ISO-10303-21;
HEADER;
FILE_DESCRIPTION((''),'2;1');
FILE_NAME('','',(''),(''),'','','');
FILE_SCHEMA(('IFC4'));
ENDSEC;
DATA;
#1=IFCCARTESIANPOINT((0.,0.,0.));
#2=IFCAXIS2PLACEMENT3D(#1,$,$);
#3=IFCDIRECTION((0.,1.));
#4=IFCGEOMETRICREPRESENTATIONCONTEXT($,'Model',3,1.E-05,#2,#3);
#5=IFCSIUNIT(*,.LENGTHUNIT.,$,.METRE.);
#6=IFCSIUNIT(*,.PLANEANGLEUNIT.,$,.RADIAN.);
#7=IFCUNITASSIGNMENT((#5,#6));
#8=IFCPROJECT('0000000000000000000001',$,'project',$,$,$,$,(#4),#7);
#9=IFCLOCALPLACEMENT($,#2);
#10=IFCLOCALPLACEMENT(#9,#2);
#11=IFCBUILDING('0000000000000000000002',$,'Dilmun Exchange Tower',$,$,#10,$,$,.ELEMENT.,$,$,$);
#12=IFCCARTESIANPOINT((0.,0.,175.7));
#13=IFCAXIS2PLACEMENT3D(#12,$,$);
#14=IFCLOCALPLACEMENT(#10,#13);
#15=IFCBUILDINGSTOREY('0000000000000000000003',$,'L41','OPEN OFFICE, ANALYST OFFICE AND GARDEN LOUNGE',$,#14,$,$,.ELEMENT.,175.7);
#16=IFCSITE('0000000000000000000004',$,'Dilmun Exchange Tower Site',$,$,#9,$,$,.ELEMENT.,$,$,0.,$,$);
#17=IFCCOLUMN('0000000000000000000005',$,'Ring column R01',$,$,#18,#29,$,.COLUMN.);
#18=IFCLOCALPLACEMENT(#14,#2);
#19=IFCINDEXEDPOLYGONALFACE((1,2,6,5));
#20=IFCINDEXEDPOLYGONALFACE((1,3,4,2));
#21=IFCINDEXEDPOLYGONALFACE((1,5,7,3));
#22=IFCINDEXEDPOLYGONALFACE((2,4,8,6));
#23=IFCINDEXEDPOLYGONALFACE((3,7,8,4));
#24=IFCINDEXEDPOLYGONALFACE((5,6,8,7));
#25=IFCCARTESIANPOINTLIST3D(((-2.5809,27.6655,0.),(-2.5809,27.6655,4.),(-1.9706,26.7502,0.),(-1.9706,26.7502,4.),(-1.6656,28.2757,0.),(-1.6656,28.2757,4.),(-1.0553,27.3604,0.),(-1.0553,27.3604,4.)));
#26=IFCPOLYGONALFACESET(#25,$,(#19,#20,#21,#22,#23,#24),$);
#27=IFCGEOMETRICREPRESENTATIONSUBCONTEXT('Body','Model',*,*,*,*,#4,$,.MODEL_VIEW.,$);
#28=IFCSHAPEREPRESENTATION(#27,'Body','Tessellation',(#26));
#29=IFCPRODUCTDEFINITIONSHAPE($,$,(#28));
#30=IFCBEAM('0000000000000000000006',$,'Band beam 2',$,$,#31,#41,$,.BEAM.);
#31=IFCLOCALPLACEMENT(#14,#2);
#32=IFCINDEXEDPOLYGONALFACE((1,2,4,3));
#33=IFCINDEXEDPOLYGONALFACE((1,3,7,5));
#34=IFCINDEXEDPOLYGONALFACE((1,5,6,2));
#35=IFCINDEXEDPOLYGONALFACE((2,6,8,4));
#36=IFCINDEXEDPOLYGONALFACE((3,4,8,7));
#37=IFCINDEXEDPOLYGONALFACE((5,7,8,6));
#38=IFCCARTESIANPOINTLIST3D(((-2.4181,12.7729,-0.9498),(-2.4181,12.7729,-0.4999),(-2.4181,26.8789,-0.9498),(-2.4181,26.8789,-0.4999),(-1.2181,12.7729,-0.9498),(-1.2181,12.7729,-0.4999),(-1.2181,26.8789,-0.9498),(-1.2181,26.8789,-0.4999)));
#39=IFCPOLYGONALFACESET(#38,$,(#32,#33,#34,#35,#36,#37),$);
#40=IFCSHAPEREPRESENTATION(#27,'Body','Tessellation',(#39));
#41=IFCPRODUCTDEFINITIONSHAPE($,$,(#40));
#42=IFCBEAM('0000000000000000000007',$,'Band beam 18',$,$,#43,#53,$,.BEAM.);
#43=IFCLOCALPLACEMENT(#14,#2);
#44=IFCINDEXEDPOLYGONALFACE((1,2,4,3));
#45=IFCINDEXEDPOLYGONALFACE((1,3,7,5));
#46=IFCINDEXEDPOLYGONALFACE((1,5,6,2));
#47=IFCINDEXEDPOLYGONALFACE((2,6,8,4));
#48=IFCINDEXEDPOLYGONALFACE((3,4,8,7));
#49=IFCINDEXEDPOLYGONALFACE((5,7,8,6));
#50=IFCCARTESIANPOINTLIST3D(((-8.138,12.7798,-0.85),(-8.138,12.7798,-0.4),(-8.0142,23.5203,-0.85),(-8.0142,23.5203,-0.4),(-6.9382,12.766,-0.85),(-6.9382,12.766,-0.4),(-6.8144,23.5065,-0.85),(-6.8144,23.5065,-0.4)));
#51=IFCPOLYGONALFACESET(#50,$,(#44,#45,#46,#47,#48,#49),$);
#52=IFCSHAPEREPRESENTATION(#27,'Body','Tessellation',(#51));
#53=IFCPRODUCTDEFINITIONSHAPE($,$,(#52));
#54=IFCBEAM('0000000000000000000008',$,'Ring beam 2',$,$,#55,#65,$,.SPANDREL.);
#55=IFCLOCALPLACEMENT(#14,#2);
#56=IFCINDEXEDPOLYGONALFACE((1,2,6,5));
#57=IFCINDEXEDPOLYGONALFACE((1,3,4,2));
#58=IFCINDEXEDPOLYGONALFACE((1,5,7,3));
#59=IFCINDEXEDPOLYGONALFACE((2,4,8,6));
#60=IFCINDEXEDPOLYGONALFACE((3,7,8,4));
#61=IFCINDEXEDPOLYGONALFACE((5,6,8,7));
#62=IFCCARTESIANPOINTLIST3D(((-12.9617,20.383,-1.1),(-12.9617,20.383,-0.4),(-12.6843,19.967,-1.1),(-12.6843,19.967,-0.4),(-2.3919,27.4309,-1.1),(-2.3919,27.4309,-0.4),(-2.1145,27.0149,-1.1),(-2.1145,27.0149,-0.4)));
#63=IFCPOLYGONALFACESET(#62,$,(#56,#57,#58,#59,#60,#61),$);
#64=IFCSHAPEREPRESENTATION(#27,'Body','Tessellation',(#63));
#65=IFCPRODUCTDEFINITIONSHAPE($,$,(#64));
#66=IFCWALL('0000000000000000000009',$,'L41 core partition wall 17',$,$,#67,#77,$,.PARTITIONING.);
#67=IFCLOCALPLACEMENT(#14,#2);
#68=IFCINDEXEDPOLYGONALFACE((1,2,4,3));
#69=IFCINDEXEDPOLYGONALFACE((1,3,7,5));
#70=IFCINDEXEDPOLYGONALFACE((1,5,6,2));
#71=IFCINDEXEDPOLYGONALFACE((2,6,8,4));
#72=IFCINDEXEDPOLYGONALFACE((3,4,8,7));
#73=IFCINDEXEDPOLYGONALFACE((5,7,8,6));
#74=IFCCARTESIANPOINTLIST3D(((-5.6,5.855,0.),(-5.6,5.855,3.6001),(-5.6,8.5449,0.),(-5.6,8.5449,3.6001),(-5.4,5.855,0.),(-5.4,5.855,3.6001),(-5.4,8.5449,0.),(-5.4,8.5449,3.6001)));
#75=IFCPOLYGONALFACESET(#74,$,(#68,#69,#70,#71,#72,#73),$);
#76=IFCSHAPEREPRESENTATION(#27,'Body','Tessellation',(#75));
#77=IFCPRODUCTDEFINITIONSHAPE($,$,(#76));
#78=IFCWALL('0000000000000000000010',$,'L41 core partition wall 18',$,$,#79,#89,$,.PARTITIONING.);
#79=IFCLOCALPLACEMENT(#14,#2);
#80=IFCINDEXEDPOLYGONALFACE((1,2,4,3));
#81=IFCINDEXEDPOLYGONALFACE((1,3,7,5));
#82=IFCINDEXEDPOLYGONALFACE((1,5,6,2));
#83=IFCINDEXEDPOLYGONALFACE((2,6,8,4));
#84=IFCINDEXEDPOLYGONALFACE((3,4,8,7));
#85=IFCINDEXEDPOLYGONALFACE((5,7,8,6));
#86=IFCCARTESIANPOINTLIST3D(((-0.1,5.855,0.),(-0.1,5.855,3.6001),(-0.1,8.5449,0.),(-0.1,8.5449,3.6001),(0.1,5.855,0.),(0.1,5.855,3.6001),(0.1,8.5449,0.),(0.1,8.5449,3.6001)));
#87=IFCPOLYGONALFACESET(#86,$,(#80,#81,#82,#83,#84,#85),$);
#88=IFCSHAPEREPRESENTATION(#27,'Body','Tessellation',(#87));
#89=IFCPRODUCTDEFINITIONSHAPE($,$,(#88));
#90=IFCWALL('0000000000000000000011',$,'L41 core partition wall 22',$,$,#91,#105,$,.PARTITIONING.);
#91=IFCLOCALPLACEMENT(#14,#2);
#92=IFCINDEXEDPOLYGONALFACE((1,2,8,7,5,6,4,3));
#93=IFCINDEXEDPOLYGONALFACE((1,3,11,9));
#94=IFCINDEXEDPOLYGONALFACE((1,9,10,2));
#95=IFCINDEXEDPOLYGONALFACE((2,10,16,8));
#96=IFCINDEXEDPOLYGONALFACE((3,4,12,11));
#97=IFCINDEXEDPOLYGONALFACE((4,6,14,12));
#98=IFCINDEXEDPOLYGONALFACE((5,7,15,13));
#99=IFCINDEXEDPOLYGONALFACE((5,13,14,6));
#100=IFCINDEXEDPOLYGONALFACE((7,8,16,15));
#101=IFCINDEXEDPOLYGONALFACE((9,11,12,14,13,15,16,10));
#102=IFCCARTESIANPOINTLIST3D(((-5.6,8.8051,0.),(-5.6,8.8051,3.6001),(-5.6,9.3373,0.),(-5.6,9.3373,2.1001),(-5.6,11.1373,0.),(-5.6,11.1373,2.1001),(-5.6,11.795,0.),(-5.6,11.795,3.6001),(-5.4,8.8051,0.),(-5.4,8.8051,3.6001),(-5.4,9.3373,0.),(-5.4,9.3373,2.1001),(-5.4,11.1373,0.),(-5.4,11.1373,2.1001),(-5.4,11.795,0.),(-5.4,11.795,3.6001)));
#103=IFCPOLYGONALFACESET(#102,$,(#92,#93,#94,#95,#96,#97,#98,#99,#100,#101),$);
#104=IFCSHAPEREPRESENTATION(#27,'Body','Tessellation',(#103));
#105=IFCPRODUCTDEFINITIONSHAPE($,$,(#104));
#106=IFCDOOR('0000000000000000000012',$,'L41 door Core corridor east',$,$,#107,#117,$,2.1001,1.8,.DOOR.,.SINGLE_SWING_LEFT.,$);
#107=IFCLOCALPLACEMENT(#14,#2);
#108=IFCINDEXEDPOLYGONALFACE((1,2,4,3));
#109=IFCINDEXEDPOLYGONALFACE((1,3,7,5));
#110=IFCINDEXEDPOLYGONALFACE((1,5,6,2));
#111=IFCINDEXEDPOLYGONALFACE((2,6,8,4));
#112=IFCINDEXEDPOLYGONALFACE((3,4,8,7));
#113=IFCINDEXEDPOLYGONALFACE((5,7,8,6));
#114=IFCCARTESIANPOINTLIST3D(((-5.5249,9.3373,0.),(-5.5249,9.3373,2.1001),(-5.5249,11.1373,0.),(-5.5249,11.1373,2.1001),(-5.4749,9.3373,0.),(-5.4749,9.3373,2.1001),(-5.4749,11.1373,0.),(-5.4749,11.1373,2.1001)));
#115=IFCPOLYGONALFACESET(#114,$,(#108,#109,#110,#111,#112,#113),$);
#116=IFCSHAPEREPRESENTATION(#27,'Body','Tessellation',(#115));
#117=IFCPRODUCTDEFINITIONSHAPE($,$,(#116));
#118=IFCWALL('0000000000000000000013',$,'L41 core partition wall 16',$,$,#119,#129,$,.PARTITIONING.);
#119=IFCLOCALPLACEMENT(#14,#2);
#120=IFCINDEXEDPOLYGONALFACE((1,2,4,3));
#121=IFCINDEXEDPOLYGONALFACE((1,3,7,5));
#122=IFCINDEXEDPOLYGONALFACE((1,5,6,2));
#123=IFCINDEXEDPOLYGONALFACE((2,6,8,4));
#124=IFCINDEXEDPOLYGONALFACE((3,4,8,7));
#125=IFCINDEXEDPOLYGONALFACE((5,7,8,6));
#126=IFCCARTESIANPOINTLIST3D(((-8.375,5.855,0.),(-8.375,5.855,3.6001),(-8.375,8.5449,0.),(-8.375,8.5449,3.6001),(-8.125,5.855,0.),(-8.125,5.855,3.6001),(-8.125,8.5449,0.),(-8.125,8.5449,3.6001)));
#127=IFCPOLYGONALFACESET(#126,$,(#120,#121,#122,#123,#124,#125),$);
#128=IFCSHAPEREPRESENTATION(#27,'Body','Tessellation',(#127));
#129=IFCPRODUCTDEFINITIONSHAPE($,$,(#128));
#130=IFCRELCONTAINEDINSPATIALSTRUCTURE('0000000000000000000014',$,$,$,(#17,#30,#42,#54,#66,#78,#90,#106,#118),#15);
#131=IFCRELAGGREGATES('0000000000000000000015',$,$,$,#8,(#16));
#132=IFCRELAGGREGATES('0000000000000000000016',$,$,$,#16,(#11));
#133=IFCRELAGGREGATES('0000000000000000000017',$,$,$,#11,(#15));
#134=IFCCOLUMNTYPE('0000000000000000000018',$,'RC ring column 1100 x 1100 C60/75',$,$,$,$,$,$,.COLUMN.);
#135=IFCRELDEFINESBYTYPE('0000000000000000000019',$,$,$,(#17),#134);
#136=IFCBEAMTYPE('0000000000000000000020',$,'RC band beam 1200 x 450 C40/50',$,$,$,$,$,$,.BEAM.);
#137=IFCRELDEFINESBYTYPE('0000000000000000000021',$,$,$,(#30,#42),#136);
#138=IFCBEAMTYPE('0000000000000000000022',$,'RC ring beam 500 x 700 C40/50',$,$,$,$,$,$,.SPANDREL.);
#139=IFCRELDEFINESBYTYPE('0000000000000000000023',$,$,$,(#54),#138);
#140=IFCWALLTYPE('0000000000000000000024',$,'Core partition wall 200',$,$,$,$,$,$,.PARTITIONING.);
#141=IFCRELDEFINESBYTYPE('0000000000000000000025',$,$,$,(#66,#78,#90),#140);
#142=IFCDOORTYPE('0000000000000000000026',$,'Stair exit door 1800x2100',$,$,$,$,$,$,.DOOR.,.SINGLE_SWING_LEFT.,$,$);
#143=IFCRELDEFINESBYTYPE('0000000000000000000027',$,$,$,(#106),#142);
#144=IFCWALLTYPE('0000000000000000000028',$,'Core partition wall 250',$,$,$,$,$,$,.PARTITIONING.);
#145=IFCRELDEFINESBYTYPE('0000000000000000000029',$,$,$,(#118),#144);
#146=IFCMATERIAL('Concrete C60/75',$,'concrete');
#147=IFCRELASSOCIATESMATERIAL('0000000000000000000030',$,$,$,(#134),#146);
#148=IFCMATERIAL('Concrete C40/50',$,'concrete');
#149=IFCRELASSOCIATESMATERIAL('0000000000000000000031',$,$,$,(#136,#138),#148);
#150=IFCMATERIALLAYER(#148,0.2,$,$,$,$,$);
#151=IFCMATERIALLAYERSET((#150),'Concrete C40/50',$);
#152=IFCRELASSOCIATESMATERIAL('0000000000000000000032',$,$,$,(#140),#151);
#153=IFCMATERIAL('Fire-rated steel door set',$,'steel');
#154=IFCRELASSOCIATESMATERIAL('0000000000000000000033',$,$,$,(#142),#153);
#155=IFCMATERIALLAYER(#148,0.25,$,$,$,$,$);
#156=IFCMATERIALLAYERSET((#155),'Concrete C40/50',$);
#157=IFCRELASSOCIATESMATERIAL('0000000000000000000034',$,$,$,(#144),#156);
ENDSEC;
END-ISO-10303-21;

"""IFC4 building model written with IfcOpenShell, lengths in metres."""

from ifc_helpers import new_model, si_unit, direction, frame, frame_2d, origin, origin_2d, place, context, subcontext, project, spatial, rectangle, extrude, material, layer, layer_set, material_profile, profile_set, type_object, element, fill, save


model = new_model("IFC4")

# Units and contexts
model_context = context("Model", 3, precision=1e-05, world=origin(), true_north=direction((0.0, 1.0)))
body_context = subcontext(model_context, "Body", "Model", "MODEL_VIEW")
ifc_project = project(units=[si_unit("LENGTHUNIT", "METRE"), si_unit("PLANEANGLEUNIT", "RADIAN")], contexts=[model_context])

# Site, building, storey
site_placement = place(None, origin())
site = spatial("IfcSite", under=ifc_project, at=site_placement, Name="Dilmun Exchange Tower Site", CompositionType="ELEMENT", RefElevation=0.0)
building_placement = place(site_placement, origin())
building = spatial("IfcBuilding", under=site, at=building_placement, Name="Dilmun Exchange Tower", CompositionType="ELEMENT")
storey_placement = place(building_placement, frame((0.0, 0.0, 175.7)))
storey = spatial("IfcBuildingStorey", under=building, at=storey_placement, Name="L41", Description="OPEN OFFICE, ANALYST OFFICE AND GARDEN LOUNGE", CompositionType="ELEMENT", Elevation=175.7)

# Column
ifc_material_1 = material(Name="Concrete C60/75", Category="concrete")
ifc_material_profile_1 = material_profile(ifc_material_1, rectangle(XDim=1.1001, YDim=1.1001, at=origin_2d()), Name="1100 x 1100")
ifc_profile_set_1 = profile_set([ifc_material_profile_1], Name="Concrete C60/75")
column_type = type_object("IfcColumnType", Name="RC ring column 1100 x 1100 C60/75", PredefinedType="COLUMN", material=ifc_profile_set_1)
column_placement = place(storey_placement, frame((-1.8181, 27.5129, 0.0), z_axis=(0.0, 0.0, 1.0), x_axis=(0.832029, 0.554733, 0.0)))
element("IfcColumn", 1, at=column_placement, inside=storey, type_object=column_type, Name="Ring column R01", PredefinedType="COLUMN", context=body_context, shape_type="SweptSolid", body=[
    extrude(rectangle(XDim=1.1001, YDim=1.1001, at=origin_2d()), origin(), (0.0, 0.0, 1.0), 4.0),
])

# Beams
ifc_material_2 = material(Name="Concrete C40/50", Category="concrete")
ifc_material_profile_2 = material_profile(ifc_material_2, rectangle(XDim=1.2, YDim=0.45, at=origin_2d()), Name="1200 x 450")
ifc_profile_set_2 = profile_set([ifc_material_profile_2], Name="Concrete C40/50")
beam_type_1 = type_object("IfcBeamType", Name="RC band beam 1200 x 450 C40/50", PredefinedType="BEAM", material=ifc_profile_set_2)
beam_1_placement = place(storey_placement, frame((-1.8181, 26.8789, -0.7249), z_axis=(0.0, -1.0, 0.0), x_axis=(1.0, 0.0, 0.0)))
element("IfcBeam", 2, at=beam_1_placement, inside=storey, type_object=beam_type_1, Name="Band beam 2", PredefinedType="BEAM", context=body_context, shape_type="SweptSolid", body=[
    extrude(rectangle(XDim=1.2, YDim=0.45, at=origin_2d()), origin(), (0.0, 0.0, 1.0), 14.106),
])
beam_2_placement = place(storey_placement, frame((-7.4143, 23.5134, -0.625), z_axis=(-0.011524, -0.999934, 0.0), x_axis=(0.999934, -0.011524, 0.0)))
element("IfcBeam", 3, at=beam_2_placement, inside=storey, type_object=beam_type_1, Name="Band beam 18", PredefinedType="BEAM", context=body_context, shape_type="SweptSolid", body=[
    extrude(rectangle(XDim=1.2, YDim=0.45, at=origin_2d()), origin(), (0.0, 0.0, 1.0), 10.7412),
])
ifc_material_profile_3 = material_profile(ifc_material_2, rectangle(XDim=0.5, YDim=0.7, at=origin_2d()), Name="500 x 700")
ifc_profile_set_3 = profile_set([ifc_material_profile_3], Name="Concrete C40/50")
beam_type_2 = type_object("IfcBeamType", Name="RC ring beam 500 x 700 C40/50", PredefinedType="SPANDREL", material=ifc_profile_set_3)
beam_3_placement = place(storey_placement, frame((-2.2532, 27.2229, -0.75), z_axis=(-0.832003, -0.554771, 0.0), x_axis=(0.554771, -0.832003, 0.0)))
element("IfcBeam", 4, at=beam_3_placement, inside=storey, type_object=beam_type_2, Name="Ring beam 2", PredefinedType="SPANDREL", context=body_context, shape_type="SweptSolid", body=[
    extrude(rectangle(XDim=0.5, YDim=0.7, at=origin_2d()), origin(), (0.0, 0.0, 1.0), 12.7041),
])

# Walls
ifc_layer_1 = layer(ifc_material_2, 0.2)
ifc_layer_set_1 = layer_set([ifc_layer_1], Name="Concrete C40/50")
wall_type_1 = type_object("IfcWallType", Name="Core partition wall 200", PredefinedType="PARTITIONING", material=ifc_layer_set_1)
for number, where, z_axis, x_axis, name in (
    (5, (-5.5, 5.855, 0.0), (0.0, 0.0, 1.0), (0.0, 1.0, 0.0), "L41 core partition wall 17"),
    (6, (0.0, 5.855, 0.0), (0.0, 0.0, 1.0), (0.0, 1.0, 0.0), "L41 core partition wall 18"),
):
    element("IfcWall", number, at=place(storey_placement, frame(where, z_axis=z_axis, x_axis=x_axis)), inside=storey, type_object=wall_type_1, Name=name, PredefinedType="PARTITIONING", context=body_context, shape_type="SweptSolid", body=[
        extrude(rectangle(XDim=2.6899, YDim=0.2, at=frame_2d((1.345, 0.0))), origin(), (0.0, 0.0, 1.0), 3.6001),
    ])

# Wall, opening, door
wall_1_placement = place(storey_placement, frame((-5.5, 8.8049, 0.0), z_axis=(0.0, 0.0, 1.0), x_axis=(0.0, 1.0, 0.0)))
wall_1 = element("IfcWall", 7, at=wall_1_placement, inside=storey, type_object=wall_type_1, Name="L41 core partition wall 22", PredefinedType="PARTITIONING", context=body_context, shape_type="SweptSolid", body=[
    extrude(rectangle(XDim=2.99, YDim=0.2, at=frame_2d((1.4951, 0.0))), origin(), (0.0, 0.0, 1.0), 3.6001),
])
opening_1_placement = place(wall_1_placement, frame((0.5325, 0.0, 0.0)))
opening_1 = element("IfcOpeningElement", 8, at=opening_1_placement, cuts=wall_1, PredefinedType="OPENING", context=body_context, shape_type="SweptSolid", body=[
    extrude(rectangle(XDim=1.8, YDim=2.1001, at=frame_2d((0.8999, 1.05))), frame((0.0, 0.1099, 0.0), z_axis=(0.0, -1.0, 0.0), x_axis=(1.0, 0.0, 0.0)), (0.0, 0.0, 1.0), 0.22),
])
ifc_material_3 = material(Name="Fire-rated steel door set", Category="steel")
door_type_1 = type_object("IfcDoorType", Name="Stair exit door 1800x2100", OperationType="SINGLE_SWING_LEFT", PredefinedType="DOOR", material=ifc_material_3)
door_1_placement = place(opening_1_placement, origin())
door_1 = element("IfcDoor", 9, at=door_1_placement, inside=storey, type_object=door_type_1, Name="L41 door Core corridor east", OperationType="SINGLE_SWING_LEFT", OverallHeight=2.1001, OverallWidth=1.8, PredefinedType="DOOR", context=body_context, shape_type="SweptSolid", body=[
    extrude(rectangle(XDim=1.8, YDim=2.1001, at=frame_2d((0.8999, 1.05))), frame((0.0, 0.0249, 0.0), z_axis=(0.0, -1.0, 0.0), x_axis=(1.0, 0.0, 0.0)), (0.0, 0.0, 1.0), 0.05),
])
fill(opening_1, door_1)

# Wall
ifc_layer_2 = layer(ifc_material_2, 0.25)
ifc_layer_set_2 = layer_set([ifc_layer_2], Name="Concrete C40/50")
wall_type_2 = type_object("IfcWallType", Name="Core partition wall 250", PredefinedType="PARTITIONING", material=ifc_layer_set_2)
wall_2_placement = place(storey_placement, frame((-8.25, 5.855, 0.0), z_axis=(0.0, 0.0, 1.0), x_axis=(0.0, 1.0, 0.0)))
element("IfcWall", 10, at=wall_2_placement, inside=storey, type_object=wall_type_2, Name="L41 core partition wall 16", PredefinedType="PARTITIONING", context=body_context, shape_type="SweptSolid", body=[
    extrude(rectangle(XDim=2.6899, YDim=0.25, at=frame_2d((1.345, 0.0))), origin(), (0.0, 0.0, 1.0), 3.6001),
])

save(model, "model.ifc")
